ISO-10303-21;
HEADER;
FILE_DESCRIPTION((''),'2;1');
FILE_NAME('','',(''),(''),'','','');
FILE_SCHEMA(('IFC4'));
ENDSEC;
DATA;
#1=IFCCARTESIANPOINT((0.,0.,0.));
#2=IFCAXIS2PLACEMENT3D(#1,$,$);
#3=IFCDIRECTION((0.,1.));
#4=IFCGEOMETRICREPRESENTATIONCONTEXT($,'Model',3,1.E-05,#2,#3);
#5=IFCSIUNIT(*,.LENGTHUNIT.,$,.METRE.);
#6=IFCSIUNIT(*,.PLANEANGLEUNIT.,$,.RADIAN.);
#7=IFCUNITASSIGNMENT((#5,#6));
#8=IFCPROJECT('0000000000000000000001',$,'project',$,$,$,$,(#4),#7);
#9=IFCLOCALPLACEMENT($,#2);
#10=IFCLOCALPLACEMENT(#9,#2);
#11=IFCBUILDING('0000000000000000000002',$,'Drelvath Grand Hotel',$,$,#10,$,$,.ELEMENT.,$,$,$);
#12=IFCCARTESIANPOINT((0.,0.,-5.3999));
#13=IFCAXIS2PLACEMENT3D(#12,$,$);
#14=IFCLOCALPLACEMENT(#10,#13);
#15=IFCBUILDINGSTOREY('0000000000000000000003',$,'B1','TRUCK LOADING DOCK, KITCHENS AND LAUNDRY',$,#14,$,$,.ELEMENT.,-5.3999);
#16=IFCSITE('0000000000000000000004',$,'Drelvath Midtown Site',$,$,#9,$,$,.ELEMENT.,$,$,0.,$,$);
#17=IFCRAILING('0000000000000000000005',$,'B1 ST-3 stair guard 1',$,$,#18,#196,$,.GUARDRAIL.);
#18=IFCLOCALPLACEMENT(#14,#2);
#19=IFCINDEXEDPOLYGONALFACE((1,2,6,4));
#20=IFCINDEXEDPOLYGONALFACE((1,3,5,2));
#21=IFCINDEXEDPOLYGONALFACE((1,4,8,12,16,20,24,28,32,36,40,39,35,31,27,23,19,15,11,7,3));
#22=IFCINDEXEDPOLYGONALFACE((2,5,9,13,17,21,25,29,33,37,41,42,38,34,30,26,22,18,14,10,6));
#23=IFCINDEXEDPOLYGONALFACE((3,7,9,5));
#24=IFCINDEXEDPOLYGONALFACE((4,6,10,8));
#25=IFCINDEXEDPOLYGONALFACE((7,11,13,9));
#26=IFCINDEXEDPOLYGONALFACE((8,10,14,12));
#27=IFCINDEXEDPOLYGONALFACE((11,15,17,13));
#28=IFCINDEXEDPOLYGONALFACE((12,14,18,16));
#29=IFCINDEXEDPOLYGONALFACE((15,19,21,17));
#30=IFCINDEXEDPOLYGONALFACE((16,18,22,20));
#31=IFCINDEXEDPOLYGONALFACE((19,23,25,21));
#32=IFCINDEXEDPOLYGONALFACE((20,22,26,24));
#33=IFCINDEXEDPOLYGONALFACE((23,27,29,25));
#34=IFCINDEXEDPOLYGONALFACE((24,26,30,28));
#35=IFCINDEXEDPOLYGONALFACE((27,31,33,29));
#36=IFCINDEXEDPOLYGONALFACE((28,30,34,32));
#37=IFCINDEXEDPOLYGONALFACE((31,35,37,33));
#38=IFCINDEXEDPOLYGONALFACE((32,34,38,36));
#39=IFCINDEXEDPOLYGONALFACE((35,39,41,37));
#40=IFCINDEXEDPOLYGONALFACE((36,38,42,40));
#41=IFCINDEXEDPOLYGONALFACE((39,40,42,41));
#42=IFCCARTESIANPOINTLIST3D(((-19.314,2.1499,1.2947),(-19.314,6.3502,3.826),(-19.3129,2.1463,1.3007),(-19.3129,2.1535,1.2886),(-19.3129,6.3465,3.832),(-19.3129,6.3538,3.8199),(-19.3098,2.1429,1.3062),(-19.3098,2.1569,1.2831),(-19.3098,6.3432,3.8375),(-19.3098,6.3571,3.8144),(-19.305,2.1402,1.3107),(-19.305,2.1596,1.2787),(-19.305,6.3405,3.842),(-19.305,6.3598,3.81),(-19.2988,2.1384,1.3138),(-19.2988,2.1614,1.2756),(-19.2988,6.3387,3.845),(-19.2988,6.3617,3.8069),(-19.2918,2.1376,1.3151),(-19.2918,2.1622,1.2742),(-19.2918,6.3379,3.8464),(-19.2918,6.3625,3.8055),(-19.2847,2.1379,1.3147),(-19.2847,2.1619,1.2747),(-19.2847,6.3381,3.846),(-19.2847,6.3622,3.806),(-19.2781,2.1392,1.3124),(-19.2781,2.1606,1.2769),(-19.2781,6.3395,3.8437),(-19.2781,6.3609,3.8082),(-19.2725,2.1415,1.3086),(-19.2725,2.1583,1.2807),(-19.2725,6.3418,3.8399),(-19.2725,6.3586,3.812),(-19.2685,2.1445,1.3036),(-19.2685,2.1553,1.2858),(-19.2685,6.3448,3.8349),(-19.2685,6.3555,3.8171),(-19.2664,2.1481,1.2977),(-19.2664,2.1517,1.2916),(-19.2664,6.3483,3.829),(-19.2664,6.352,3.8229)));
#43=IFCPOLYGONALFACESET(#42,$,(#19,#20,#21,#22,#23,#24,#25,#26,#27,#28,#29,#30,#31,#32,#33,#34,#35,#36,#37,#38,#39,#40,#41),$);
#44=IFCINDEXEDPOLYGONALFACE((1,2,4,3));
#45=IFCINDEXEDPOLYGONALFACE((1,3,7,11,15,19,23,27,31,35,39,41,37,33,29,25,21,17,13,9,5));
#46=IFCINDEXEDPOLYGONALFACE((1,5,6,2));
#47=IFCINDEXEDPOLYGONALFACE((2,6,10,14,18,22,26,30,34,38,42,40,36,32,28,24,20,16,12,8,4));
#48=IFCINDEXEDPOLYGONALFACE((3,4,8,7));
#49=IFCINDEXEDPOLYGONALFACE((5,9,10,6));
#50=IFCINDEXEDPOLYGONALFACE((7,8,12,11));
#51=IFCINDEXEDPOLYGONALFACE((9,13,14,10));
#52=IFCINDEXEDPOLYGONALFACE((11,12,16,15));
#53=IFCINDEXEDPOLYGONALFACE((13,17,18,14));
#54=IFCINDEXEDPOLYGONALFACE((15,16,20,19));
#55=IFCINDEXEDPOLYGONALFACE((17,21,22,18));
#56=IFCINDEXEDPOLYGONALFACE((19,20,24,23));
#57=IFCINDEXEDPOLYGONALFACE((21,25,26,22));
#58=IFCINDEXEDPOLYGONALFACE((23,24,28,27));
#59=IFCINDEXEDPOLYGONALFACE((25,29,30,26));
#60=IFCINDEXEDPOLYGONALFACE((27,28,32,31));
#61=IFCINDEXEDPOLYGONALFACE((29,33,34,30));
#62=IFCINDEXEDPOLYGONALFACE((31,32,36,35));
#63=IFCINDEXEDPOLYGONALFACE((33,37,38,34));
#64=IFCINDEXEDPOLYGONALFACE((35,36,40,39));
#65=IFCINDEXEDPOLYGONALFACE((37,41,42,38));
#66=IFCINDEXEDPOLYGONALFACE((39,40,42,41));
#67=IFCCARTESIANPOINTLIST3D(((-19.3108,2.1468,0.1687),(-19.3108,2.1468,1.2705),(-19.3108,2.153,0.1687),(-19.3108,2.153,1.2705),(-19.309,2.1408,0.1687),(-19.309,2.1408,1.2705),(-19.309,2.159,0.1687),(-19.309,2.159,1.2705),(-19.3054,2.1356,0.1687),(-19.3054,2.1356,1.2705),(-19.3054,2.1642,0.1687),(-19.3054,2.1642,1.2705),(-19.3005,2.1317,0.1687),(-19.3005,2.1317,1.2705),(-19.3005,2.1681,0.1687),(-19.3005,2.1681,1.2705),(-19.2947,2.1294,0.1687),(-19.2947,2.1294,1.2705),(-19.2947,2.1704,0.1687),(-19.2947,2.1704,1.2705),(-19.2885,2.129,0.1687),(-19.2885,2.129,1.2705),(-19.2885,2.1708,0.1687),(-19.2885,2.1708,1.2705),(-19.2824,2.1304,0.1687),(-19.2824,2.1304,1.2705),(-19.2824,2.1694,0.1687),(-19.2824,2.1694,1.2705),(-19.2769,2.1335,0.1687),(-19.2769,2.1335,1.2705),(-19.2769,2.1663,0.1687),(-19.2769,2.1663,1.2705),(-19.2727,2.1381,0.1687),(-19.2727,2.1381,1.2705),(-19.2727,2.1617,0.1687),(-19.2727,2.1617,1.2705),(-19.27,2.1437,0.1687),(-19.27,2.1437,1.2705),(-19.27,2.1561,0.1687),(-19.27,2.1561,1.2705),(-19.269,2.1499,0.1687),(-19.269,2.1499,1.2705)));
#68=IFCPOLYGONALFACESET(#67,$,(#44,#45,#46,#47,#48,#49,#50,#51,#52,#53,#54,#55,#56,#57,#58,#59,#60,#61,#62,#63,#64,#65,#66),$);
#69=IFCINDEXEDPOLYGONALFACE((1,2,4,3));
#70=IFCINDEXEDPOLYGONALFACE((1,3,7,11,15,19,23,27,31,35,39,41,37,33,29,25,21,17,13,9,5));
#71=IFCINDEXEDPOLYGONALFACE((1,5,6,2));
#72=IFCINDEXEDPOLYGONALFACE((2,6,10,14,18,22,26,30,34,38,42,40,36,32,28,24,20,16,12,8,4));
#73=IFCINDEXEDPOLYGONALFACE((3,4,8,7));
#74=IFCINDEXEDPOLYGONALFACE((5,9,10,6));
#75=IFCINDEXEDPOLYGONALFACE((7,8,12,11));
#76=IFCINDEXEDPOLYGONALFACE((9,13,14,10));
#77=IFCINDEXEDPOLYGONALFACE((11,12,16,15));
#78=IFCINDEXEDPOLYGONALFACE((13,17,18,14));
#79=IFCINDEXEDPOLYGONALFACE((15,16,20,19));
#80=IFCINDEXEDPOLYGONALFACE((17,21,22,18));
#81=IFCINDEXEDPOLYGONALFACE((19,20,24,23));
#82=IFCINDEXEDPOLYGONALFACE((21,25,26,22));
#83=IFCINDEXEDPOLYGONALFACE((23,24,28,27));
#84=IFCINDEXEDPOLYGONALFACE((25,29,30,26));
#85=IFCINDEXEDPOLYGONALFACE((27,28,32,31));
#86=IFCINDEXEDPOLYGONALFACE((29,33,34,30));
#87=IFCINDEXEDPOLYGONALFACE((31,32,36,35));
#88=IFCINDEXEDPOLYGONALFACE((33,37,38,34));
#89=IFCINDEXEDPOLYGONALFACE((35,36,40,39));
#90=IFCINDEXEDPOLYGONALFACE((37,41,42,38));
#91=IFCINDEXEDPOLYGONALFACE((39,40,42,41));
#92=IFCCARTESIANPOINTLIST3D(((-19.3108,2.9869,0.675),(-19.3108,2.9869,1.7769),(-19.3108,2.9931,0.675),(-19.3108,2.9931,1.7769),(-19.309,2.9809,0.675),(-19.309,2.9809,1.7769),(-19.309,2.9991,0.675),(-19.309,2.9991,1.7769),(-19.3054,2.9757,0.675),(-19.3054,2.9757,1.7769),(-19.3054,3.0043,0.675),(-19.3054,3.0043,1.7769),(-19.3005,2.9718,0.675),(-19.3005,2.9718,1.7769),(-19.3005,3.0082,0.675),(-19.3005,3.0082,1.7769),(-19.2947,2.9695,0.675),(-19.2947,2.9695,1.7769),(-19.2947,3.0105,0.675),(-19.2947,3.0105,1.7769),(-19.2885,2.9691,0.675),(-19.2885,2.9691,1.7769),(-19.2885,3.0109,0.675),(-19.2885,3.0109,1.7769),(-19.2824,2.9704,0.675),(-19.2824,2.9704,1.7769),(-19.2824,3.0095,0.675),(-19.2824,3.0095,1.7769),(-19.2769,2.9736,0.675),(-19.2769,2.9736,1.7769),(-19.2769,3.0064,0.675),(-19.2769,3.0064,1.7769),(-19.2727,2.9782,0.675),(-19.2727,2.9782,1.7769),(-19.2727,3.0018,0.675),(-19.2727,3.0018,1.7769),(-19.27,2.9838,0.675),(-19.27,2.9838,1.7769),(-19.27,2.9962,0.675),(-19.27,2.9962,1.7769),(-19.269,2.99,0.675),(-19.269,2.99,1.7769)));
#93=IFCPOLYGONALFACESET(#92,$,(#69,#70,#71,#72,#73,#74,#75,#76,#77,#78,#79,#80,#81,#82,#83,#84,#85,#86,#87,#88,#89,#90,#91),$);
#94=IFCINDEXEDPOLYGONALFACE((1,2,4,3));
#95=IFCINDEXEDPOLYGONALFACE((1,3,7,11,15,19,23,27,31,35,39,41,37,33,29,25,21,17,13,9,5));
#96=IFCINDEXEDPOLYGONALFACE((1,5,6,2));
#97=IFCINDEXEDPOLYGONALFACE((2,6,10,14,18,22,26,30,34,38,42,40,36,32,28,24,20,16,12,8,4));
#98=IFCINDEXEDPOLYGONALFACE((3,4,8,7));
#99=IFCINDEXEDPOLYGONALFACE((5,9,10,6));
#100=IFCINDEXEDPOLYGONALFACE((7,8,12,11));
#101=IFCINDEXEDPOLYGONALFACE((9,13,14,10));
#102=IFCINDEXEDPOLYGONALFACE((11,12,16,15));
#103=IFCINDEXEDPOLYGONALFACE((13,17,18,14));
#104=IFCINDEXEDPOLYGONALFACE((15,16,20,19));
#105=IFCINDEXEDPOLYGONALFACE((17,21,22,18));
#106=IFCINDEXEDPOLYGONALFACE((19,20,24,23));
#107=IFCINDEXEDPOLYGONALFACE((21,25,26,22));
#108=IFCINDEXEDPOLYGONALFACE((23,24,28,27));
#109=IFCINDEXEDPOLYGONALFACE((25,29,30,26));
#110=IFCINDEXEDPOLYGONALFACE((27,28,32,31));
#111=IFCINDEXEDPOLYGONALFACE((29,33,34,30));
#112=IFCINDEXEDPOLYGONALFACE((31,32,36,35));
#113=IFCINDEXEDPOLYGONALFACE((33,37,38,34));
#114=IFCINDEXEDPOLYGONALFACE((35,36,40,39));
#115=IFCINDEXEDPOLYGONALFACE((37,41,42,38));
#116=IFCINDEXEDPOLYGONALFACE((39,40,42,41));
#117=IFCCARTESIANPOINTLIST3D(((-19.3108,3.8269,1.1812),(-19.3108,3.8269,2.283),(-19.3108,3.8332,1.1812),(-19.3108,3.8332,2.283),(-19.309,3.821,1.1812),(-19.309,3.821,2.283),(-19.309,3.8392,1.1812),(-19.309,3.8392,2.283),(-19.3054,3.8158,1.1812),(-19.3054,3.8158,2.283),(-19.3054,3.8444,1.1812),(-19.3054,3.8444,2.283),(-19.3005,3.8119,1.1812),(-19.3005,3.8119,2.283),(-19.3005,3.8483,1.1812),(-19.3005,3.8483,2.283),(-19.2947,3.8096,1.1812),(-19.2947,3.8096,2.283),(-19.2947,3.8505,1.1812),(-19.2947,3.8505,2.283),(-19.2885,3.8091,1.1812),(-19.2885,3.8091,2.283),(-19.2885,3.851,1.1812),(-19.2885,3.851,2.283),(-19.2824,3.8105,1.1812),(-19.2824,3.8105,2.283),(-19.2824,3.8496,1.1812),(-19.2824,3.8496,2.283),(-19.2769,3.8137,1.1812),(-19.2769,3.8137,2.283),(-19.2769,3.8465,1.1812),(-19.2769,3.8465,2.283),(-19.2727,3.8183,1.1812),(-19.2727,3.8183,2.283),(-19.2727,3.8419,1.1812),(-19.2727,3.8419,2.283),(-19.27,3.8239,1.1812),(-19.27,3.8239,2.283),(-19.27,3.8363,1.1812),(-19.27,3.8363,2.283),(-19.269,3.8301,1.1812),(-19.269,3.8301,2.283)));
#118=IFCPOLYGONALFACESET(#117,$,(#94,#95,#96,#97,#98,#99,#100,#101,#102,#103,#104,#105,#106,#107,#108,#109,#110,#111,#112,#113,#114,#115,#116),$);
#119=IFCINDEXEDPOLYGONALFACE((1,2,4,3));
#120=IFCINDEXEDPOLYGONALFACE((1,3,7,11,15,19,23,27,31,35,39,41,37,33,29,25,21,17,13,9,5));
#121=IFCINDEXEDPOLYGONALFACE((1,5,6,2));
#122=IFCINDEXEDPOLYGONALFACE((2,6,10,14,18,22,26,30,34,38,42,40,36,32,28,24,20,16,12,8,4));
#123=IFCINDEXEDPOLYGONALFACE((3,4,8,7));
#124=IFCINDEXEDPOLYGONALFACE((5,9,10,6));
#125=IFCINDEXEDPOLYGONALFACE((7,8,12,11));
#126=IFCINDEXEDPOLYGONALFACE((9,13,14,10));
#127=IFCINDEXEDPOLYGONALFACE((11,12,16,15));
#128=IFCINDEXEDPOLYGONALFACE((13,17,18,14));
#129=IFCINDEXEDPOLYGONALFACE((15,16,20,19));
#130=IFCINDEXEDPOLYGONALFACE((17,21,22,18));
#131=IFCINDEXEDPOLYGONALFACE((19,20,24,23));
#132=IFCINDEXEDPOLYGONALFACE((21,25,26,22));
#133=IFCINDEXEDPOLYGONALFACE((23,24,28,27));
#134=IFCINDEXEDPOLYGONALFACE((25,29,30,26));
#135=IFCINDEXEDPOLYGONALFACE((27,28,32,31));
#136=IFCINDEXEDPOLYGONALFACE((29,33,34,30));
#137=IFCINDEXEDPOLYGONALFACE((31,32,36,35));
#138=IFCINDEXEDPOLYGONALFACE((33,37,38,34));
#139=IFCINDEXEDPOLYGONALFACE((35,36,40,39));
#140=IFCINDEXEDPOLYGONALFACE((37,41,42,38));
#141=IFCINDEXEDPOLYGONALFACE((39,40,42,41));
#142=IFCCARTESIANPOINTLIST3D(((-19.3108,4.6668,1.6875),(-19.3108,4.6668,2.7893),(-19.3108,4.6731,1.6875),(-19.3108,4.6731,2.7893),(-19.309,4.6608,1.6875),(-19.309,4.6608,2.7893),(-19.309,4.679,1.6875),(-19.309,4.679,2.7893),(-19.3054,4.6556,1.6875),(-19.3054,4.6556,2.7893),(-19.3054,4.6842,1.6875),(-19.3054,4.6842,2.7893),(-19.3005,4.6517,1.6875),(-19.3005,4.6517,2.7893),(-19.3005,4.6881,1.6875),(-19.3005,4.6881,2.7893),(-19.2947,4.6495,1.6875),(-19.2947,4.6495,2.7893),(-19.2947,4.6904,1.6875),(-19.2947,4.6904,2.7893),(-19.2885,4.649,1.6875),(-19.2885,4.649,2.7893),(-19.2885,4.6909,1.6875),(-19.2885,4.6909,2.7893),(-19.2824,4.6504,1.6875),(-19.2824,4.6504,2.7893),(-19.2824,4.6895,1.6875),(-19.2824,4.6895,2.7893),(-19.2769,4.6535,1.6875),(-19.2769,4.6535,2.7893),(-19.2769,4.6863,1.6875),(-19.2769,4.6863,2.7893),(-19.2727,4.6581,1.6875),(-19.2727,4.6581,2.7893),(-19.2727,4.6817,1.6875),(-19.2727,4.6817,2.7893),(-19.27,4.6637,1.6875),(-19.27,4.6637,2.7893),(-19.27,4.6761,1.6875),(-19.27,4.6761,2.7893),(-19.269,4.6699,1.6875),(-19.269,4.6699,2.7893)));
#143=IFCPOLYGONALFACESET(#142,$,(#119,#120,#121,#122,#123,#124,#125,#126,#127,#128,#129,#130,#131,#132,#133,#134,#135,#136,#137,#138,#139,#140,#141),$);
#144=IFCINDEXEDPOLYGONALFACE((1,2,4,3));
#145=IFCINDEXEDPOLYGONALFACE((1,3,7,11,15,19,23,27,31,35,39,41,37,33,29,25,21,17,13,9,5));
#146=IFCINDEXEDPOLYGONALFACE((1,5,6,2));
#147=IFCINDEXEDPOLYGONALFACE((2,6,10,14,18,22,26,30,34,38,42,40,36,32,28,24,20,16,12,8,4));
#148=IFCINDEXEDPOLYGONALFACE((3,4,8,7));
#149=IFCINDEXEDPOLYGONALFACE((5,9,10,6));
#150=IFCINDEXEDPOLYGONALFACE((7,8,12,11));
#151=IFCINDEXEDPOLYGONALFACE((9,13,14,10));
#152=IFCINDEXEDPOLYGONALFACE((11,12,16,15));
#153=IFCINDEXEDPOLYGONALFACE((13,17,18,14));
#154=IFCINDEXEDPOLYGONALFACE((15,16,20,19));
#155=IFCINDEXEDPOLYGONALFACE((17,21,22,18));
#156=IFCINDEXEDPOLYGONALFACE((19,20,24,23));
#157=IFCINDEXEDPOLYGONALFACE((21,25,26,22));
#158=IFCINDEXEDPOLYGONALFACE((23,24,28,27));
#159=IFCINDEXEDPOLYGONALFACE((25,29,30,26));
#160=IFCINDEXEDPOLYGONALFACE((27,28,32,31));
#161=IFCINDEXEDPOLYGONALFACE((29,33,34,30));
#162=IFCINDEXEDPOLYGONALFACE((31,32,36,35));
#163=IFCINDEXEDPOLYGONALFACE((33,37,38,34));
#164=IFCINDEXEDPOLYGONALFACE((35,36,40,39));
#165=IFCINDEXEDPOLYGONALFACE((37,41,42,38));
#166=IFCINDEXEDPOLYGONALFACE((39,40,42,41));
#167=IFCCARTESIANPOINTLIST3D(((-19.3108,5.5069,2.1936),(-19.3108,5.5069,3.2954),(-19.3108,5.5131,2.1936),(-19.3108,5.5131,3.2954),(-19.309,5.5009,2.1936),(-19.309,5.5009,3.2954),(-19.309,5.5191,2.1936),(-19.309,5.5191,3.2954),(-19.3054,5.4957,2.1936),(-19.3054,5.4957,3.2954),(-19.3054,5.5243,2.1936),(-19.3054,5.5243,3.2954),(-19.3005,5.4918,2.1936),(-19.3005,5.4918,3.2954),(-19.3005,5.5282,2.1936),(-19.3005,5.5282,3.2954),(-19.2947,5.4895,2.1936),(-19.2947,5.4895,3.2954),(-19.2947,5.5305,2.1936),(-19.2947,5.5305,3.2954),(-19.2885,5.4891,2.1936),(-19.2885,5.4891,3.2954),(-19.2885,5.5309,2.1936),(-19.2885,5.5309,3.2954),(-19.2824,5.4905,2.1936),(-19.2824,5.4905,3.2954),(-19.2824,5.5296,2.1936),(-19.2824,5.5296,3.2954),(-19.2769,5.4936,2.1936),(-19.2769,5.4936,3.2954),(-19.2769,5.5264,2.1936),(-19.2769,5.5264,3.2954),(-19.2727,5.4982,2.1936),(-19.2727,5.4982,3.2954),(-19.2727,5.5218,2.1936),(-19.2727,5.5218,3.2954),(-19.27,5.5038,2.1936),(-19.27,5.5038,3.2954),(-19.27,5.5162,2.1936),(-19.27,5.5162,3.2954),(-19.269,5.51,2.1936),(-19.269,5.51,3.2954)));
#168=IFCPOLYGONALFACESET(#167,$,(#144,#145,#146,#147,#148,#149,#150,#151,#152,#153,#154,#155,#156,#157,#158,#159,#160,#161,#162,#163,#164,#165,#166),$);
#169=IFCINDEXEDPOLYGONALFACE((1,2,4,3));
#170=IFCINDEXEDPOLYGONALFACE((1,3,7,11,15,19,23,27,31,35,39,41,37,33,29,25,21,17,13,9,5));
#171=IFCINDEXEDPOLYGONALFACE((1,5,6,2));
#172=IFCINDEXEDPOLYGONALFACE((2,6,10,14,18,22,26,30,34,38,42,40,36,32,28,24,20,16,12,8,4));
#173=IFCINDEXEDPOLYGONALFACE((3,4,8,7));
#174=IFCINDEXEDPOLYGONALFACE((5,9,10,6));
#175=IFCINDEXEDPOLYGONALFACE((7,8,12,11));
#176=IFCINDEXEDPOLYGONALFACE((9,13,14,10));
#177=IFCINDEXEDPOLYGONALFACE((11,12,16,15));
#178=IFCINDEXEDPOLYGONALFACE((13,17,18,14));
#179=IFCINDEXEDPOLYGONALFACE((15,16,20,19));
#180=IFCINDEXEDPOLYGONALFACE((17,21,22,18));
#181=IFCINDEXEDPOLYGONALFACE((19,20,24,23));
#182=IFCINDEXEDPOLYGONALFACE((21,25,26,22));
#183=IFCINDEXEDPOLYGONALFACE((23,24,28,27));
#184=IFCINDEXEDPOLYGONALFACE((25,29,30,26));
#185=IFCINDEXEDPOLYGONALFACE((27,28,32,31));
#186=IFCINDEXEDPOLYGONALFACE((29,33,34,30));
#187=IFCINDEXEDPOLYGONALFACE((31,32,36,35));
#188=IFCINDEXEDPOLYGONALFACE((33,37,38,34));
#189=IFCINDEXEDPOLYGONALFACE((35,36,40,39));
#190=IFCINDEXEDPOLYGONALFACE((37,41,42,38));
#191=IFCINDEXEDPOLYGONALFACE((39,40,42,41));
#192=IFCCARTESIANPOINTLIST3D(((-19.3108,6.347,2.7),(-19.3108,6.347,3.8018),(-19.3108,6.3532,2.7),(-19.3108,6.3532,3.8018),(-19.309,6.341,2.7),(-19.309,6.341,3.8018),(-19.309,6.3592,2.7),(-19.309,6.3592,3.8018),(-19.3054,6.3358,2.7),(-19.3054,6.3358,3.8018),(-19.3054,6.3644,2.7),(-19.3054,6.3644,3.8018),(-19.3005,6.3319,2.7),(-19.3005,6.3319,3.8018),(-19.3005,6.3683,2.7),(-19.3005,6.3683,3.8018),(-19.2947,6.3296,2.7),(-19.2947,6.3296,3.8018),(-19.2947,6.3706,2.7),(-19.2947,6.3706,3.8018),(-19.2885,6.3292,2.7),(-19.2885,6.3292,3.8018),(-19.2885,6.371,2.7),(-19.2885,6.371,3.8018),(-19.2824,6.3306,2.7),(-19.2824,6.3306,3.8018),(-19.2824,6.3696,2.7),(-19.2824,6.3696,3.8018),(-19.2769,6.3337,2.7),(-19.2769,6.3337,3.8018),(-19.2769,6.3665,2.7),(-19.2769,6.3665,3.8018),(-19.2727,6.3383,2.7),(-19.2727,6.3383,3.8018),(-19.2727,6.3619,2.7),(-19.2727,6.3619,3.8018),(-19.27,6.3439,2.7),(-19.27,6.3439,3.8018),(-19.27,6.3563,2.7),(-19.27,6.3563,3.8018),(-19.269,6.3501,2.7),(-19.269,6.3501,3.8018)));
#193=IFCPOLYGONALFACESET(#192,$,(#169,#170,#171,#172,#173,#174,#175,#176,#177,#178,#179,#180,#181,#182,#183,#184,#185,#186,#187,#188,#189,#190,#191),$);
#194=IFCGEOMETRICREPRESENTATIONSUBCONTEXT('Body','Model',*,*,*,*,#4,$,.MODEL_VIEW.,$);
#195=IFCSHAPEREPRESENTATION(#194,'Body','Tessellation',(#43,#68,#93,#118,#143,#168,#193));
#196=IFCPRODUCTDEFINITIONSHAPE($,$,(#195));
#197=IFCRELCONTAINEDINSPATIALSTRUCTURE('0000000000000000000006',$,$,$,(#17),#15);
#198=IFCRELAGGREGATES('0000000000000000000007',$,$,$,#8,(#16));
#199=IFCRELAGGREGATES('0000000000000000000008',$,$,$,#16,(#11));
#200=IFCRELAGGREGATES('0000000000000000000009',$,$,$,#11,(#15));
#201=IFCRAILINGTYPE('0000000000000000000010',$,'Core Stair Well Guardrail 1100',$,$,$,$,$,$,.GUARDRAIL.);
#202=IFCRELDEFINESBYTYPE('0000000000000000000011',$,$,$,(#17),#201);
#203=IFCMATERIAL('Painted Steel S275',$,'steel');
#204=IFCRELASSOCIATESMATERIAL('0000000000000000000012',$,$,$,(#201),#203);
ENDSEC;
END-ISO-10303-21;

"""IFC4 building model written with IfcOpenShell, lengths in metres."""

from ifc_helpers import new_model, si_unit, direction, frame, origin, origin_2d, place, context, subcontext, project, spatial, circle, extrude, material, type_object, element, save


model = new_model("IFC4")

# Units and contexts
model_context = context("Model", 3, precision=1e-05, world=origin(), true_north=direction((0.0, 1.0)))
body_context = subcontext(model_context, "Body", "Model", "MODEL_VIEW")
ifc_project = project(units=[si_unit("LENGTHUNIT", "METRE"), si_unit("PLANEANGLEUNIT", "RADIAN")], contexts=[model_context])

# Site, building, storey
site_placement = place(None, origin())
site = spatial("IfcSite", under=ifc_project, at=site_placement, Name="Drelvath Midtown Site", CompositionType="ELEMENT", RefElevation=0.0)
building_placement = place(site_placement, origin())
building = spatial("IfcBuilding", under=site, at=building_placement, Name="Drelvath Grand Hotel", CompositionType="ELEMENT")
storey_placement = place(building_placement, frame((0.0, 0.0, -5.3999)))
storey = spatial("IfcBuildingStorey", under=building, at=storey_placement, Name="B1", Description="TRUCK LOADING DOCK, KITCHENS AND LAUNDRY", CompositionType="ELEMENT", Elevation=-5.3999)

# Shared definitions
ifc_material_1 = material(Name="Painted Steel S275", Category="steel")

# Railing
railing_type_1 = type_object("IfcRailingType", Name="Core Stair Well Guardrail 1100", PredefinedType="GUARDRAIL", material=ifc_material_1)
railing_1_placement = place(storey_placement, frame((-19.29, 2.1499, 0.1687)))
element("IfcRailing", 1, at=railing_1_placement, inside=storey, type_object=railing_type_1, Name="B1 ST-3 stair guard 1", PredefinedType="GUARDRAIL", context=body_context, shape_type="SweptSolid", body=[
    extrude(circle(Radius=0.0239, at=origin_2d()), frame((0.0, 0.0, 1.126), z_axis=(0.0, 0.85649, 0.516164), x_axis=(-1.0, 0.0, 0.0)), (0.0, 0.0, 1.0), 4.9041),
    extrude(circle(Radius=0.021, at=origin_2d()), origin(), (0.0, 0.0, 1.0), 1.1018),
    extrude(circle(Radius=0.021, at=origin_2d()), frame((0.0, 0.8401, 0.5063)), (0.0, 0.0, 1.0), 1.1018),
    extrude(circle(Radius=0.021, at=origin_2d()), frame((0.0, 1.6802, 1.0125)), (0.0, 0.0, 1.0), 1.1018),
    extrude(circle(Radius=0.021, at=origin_2d()), frame((0.0, 2.52, 1.5188)), (0.0, 0.0, 1.0), 1.1018),
    extrude(circle(Radius=0.021, at=origin_2d()), frame((0.0, 3.3601, 2.0249)), (0.0, 0.0, 1.0), 1.1018),
    extrude(circle(Radius=0.021, at=origin_2d()), frame((0.0, 4.2002, 2.5312)), (0.0, 0.0, 1.0), 1.1018),
])

save(model, "model.ifc")
